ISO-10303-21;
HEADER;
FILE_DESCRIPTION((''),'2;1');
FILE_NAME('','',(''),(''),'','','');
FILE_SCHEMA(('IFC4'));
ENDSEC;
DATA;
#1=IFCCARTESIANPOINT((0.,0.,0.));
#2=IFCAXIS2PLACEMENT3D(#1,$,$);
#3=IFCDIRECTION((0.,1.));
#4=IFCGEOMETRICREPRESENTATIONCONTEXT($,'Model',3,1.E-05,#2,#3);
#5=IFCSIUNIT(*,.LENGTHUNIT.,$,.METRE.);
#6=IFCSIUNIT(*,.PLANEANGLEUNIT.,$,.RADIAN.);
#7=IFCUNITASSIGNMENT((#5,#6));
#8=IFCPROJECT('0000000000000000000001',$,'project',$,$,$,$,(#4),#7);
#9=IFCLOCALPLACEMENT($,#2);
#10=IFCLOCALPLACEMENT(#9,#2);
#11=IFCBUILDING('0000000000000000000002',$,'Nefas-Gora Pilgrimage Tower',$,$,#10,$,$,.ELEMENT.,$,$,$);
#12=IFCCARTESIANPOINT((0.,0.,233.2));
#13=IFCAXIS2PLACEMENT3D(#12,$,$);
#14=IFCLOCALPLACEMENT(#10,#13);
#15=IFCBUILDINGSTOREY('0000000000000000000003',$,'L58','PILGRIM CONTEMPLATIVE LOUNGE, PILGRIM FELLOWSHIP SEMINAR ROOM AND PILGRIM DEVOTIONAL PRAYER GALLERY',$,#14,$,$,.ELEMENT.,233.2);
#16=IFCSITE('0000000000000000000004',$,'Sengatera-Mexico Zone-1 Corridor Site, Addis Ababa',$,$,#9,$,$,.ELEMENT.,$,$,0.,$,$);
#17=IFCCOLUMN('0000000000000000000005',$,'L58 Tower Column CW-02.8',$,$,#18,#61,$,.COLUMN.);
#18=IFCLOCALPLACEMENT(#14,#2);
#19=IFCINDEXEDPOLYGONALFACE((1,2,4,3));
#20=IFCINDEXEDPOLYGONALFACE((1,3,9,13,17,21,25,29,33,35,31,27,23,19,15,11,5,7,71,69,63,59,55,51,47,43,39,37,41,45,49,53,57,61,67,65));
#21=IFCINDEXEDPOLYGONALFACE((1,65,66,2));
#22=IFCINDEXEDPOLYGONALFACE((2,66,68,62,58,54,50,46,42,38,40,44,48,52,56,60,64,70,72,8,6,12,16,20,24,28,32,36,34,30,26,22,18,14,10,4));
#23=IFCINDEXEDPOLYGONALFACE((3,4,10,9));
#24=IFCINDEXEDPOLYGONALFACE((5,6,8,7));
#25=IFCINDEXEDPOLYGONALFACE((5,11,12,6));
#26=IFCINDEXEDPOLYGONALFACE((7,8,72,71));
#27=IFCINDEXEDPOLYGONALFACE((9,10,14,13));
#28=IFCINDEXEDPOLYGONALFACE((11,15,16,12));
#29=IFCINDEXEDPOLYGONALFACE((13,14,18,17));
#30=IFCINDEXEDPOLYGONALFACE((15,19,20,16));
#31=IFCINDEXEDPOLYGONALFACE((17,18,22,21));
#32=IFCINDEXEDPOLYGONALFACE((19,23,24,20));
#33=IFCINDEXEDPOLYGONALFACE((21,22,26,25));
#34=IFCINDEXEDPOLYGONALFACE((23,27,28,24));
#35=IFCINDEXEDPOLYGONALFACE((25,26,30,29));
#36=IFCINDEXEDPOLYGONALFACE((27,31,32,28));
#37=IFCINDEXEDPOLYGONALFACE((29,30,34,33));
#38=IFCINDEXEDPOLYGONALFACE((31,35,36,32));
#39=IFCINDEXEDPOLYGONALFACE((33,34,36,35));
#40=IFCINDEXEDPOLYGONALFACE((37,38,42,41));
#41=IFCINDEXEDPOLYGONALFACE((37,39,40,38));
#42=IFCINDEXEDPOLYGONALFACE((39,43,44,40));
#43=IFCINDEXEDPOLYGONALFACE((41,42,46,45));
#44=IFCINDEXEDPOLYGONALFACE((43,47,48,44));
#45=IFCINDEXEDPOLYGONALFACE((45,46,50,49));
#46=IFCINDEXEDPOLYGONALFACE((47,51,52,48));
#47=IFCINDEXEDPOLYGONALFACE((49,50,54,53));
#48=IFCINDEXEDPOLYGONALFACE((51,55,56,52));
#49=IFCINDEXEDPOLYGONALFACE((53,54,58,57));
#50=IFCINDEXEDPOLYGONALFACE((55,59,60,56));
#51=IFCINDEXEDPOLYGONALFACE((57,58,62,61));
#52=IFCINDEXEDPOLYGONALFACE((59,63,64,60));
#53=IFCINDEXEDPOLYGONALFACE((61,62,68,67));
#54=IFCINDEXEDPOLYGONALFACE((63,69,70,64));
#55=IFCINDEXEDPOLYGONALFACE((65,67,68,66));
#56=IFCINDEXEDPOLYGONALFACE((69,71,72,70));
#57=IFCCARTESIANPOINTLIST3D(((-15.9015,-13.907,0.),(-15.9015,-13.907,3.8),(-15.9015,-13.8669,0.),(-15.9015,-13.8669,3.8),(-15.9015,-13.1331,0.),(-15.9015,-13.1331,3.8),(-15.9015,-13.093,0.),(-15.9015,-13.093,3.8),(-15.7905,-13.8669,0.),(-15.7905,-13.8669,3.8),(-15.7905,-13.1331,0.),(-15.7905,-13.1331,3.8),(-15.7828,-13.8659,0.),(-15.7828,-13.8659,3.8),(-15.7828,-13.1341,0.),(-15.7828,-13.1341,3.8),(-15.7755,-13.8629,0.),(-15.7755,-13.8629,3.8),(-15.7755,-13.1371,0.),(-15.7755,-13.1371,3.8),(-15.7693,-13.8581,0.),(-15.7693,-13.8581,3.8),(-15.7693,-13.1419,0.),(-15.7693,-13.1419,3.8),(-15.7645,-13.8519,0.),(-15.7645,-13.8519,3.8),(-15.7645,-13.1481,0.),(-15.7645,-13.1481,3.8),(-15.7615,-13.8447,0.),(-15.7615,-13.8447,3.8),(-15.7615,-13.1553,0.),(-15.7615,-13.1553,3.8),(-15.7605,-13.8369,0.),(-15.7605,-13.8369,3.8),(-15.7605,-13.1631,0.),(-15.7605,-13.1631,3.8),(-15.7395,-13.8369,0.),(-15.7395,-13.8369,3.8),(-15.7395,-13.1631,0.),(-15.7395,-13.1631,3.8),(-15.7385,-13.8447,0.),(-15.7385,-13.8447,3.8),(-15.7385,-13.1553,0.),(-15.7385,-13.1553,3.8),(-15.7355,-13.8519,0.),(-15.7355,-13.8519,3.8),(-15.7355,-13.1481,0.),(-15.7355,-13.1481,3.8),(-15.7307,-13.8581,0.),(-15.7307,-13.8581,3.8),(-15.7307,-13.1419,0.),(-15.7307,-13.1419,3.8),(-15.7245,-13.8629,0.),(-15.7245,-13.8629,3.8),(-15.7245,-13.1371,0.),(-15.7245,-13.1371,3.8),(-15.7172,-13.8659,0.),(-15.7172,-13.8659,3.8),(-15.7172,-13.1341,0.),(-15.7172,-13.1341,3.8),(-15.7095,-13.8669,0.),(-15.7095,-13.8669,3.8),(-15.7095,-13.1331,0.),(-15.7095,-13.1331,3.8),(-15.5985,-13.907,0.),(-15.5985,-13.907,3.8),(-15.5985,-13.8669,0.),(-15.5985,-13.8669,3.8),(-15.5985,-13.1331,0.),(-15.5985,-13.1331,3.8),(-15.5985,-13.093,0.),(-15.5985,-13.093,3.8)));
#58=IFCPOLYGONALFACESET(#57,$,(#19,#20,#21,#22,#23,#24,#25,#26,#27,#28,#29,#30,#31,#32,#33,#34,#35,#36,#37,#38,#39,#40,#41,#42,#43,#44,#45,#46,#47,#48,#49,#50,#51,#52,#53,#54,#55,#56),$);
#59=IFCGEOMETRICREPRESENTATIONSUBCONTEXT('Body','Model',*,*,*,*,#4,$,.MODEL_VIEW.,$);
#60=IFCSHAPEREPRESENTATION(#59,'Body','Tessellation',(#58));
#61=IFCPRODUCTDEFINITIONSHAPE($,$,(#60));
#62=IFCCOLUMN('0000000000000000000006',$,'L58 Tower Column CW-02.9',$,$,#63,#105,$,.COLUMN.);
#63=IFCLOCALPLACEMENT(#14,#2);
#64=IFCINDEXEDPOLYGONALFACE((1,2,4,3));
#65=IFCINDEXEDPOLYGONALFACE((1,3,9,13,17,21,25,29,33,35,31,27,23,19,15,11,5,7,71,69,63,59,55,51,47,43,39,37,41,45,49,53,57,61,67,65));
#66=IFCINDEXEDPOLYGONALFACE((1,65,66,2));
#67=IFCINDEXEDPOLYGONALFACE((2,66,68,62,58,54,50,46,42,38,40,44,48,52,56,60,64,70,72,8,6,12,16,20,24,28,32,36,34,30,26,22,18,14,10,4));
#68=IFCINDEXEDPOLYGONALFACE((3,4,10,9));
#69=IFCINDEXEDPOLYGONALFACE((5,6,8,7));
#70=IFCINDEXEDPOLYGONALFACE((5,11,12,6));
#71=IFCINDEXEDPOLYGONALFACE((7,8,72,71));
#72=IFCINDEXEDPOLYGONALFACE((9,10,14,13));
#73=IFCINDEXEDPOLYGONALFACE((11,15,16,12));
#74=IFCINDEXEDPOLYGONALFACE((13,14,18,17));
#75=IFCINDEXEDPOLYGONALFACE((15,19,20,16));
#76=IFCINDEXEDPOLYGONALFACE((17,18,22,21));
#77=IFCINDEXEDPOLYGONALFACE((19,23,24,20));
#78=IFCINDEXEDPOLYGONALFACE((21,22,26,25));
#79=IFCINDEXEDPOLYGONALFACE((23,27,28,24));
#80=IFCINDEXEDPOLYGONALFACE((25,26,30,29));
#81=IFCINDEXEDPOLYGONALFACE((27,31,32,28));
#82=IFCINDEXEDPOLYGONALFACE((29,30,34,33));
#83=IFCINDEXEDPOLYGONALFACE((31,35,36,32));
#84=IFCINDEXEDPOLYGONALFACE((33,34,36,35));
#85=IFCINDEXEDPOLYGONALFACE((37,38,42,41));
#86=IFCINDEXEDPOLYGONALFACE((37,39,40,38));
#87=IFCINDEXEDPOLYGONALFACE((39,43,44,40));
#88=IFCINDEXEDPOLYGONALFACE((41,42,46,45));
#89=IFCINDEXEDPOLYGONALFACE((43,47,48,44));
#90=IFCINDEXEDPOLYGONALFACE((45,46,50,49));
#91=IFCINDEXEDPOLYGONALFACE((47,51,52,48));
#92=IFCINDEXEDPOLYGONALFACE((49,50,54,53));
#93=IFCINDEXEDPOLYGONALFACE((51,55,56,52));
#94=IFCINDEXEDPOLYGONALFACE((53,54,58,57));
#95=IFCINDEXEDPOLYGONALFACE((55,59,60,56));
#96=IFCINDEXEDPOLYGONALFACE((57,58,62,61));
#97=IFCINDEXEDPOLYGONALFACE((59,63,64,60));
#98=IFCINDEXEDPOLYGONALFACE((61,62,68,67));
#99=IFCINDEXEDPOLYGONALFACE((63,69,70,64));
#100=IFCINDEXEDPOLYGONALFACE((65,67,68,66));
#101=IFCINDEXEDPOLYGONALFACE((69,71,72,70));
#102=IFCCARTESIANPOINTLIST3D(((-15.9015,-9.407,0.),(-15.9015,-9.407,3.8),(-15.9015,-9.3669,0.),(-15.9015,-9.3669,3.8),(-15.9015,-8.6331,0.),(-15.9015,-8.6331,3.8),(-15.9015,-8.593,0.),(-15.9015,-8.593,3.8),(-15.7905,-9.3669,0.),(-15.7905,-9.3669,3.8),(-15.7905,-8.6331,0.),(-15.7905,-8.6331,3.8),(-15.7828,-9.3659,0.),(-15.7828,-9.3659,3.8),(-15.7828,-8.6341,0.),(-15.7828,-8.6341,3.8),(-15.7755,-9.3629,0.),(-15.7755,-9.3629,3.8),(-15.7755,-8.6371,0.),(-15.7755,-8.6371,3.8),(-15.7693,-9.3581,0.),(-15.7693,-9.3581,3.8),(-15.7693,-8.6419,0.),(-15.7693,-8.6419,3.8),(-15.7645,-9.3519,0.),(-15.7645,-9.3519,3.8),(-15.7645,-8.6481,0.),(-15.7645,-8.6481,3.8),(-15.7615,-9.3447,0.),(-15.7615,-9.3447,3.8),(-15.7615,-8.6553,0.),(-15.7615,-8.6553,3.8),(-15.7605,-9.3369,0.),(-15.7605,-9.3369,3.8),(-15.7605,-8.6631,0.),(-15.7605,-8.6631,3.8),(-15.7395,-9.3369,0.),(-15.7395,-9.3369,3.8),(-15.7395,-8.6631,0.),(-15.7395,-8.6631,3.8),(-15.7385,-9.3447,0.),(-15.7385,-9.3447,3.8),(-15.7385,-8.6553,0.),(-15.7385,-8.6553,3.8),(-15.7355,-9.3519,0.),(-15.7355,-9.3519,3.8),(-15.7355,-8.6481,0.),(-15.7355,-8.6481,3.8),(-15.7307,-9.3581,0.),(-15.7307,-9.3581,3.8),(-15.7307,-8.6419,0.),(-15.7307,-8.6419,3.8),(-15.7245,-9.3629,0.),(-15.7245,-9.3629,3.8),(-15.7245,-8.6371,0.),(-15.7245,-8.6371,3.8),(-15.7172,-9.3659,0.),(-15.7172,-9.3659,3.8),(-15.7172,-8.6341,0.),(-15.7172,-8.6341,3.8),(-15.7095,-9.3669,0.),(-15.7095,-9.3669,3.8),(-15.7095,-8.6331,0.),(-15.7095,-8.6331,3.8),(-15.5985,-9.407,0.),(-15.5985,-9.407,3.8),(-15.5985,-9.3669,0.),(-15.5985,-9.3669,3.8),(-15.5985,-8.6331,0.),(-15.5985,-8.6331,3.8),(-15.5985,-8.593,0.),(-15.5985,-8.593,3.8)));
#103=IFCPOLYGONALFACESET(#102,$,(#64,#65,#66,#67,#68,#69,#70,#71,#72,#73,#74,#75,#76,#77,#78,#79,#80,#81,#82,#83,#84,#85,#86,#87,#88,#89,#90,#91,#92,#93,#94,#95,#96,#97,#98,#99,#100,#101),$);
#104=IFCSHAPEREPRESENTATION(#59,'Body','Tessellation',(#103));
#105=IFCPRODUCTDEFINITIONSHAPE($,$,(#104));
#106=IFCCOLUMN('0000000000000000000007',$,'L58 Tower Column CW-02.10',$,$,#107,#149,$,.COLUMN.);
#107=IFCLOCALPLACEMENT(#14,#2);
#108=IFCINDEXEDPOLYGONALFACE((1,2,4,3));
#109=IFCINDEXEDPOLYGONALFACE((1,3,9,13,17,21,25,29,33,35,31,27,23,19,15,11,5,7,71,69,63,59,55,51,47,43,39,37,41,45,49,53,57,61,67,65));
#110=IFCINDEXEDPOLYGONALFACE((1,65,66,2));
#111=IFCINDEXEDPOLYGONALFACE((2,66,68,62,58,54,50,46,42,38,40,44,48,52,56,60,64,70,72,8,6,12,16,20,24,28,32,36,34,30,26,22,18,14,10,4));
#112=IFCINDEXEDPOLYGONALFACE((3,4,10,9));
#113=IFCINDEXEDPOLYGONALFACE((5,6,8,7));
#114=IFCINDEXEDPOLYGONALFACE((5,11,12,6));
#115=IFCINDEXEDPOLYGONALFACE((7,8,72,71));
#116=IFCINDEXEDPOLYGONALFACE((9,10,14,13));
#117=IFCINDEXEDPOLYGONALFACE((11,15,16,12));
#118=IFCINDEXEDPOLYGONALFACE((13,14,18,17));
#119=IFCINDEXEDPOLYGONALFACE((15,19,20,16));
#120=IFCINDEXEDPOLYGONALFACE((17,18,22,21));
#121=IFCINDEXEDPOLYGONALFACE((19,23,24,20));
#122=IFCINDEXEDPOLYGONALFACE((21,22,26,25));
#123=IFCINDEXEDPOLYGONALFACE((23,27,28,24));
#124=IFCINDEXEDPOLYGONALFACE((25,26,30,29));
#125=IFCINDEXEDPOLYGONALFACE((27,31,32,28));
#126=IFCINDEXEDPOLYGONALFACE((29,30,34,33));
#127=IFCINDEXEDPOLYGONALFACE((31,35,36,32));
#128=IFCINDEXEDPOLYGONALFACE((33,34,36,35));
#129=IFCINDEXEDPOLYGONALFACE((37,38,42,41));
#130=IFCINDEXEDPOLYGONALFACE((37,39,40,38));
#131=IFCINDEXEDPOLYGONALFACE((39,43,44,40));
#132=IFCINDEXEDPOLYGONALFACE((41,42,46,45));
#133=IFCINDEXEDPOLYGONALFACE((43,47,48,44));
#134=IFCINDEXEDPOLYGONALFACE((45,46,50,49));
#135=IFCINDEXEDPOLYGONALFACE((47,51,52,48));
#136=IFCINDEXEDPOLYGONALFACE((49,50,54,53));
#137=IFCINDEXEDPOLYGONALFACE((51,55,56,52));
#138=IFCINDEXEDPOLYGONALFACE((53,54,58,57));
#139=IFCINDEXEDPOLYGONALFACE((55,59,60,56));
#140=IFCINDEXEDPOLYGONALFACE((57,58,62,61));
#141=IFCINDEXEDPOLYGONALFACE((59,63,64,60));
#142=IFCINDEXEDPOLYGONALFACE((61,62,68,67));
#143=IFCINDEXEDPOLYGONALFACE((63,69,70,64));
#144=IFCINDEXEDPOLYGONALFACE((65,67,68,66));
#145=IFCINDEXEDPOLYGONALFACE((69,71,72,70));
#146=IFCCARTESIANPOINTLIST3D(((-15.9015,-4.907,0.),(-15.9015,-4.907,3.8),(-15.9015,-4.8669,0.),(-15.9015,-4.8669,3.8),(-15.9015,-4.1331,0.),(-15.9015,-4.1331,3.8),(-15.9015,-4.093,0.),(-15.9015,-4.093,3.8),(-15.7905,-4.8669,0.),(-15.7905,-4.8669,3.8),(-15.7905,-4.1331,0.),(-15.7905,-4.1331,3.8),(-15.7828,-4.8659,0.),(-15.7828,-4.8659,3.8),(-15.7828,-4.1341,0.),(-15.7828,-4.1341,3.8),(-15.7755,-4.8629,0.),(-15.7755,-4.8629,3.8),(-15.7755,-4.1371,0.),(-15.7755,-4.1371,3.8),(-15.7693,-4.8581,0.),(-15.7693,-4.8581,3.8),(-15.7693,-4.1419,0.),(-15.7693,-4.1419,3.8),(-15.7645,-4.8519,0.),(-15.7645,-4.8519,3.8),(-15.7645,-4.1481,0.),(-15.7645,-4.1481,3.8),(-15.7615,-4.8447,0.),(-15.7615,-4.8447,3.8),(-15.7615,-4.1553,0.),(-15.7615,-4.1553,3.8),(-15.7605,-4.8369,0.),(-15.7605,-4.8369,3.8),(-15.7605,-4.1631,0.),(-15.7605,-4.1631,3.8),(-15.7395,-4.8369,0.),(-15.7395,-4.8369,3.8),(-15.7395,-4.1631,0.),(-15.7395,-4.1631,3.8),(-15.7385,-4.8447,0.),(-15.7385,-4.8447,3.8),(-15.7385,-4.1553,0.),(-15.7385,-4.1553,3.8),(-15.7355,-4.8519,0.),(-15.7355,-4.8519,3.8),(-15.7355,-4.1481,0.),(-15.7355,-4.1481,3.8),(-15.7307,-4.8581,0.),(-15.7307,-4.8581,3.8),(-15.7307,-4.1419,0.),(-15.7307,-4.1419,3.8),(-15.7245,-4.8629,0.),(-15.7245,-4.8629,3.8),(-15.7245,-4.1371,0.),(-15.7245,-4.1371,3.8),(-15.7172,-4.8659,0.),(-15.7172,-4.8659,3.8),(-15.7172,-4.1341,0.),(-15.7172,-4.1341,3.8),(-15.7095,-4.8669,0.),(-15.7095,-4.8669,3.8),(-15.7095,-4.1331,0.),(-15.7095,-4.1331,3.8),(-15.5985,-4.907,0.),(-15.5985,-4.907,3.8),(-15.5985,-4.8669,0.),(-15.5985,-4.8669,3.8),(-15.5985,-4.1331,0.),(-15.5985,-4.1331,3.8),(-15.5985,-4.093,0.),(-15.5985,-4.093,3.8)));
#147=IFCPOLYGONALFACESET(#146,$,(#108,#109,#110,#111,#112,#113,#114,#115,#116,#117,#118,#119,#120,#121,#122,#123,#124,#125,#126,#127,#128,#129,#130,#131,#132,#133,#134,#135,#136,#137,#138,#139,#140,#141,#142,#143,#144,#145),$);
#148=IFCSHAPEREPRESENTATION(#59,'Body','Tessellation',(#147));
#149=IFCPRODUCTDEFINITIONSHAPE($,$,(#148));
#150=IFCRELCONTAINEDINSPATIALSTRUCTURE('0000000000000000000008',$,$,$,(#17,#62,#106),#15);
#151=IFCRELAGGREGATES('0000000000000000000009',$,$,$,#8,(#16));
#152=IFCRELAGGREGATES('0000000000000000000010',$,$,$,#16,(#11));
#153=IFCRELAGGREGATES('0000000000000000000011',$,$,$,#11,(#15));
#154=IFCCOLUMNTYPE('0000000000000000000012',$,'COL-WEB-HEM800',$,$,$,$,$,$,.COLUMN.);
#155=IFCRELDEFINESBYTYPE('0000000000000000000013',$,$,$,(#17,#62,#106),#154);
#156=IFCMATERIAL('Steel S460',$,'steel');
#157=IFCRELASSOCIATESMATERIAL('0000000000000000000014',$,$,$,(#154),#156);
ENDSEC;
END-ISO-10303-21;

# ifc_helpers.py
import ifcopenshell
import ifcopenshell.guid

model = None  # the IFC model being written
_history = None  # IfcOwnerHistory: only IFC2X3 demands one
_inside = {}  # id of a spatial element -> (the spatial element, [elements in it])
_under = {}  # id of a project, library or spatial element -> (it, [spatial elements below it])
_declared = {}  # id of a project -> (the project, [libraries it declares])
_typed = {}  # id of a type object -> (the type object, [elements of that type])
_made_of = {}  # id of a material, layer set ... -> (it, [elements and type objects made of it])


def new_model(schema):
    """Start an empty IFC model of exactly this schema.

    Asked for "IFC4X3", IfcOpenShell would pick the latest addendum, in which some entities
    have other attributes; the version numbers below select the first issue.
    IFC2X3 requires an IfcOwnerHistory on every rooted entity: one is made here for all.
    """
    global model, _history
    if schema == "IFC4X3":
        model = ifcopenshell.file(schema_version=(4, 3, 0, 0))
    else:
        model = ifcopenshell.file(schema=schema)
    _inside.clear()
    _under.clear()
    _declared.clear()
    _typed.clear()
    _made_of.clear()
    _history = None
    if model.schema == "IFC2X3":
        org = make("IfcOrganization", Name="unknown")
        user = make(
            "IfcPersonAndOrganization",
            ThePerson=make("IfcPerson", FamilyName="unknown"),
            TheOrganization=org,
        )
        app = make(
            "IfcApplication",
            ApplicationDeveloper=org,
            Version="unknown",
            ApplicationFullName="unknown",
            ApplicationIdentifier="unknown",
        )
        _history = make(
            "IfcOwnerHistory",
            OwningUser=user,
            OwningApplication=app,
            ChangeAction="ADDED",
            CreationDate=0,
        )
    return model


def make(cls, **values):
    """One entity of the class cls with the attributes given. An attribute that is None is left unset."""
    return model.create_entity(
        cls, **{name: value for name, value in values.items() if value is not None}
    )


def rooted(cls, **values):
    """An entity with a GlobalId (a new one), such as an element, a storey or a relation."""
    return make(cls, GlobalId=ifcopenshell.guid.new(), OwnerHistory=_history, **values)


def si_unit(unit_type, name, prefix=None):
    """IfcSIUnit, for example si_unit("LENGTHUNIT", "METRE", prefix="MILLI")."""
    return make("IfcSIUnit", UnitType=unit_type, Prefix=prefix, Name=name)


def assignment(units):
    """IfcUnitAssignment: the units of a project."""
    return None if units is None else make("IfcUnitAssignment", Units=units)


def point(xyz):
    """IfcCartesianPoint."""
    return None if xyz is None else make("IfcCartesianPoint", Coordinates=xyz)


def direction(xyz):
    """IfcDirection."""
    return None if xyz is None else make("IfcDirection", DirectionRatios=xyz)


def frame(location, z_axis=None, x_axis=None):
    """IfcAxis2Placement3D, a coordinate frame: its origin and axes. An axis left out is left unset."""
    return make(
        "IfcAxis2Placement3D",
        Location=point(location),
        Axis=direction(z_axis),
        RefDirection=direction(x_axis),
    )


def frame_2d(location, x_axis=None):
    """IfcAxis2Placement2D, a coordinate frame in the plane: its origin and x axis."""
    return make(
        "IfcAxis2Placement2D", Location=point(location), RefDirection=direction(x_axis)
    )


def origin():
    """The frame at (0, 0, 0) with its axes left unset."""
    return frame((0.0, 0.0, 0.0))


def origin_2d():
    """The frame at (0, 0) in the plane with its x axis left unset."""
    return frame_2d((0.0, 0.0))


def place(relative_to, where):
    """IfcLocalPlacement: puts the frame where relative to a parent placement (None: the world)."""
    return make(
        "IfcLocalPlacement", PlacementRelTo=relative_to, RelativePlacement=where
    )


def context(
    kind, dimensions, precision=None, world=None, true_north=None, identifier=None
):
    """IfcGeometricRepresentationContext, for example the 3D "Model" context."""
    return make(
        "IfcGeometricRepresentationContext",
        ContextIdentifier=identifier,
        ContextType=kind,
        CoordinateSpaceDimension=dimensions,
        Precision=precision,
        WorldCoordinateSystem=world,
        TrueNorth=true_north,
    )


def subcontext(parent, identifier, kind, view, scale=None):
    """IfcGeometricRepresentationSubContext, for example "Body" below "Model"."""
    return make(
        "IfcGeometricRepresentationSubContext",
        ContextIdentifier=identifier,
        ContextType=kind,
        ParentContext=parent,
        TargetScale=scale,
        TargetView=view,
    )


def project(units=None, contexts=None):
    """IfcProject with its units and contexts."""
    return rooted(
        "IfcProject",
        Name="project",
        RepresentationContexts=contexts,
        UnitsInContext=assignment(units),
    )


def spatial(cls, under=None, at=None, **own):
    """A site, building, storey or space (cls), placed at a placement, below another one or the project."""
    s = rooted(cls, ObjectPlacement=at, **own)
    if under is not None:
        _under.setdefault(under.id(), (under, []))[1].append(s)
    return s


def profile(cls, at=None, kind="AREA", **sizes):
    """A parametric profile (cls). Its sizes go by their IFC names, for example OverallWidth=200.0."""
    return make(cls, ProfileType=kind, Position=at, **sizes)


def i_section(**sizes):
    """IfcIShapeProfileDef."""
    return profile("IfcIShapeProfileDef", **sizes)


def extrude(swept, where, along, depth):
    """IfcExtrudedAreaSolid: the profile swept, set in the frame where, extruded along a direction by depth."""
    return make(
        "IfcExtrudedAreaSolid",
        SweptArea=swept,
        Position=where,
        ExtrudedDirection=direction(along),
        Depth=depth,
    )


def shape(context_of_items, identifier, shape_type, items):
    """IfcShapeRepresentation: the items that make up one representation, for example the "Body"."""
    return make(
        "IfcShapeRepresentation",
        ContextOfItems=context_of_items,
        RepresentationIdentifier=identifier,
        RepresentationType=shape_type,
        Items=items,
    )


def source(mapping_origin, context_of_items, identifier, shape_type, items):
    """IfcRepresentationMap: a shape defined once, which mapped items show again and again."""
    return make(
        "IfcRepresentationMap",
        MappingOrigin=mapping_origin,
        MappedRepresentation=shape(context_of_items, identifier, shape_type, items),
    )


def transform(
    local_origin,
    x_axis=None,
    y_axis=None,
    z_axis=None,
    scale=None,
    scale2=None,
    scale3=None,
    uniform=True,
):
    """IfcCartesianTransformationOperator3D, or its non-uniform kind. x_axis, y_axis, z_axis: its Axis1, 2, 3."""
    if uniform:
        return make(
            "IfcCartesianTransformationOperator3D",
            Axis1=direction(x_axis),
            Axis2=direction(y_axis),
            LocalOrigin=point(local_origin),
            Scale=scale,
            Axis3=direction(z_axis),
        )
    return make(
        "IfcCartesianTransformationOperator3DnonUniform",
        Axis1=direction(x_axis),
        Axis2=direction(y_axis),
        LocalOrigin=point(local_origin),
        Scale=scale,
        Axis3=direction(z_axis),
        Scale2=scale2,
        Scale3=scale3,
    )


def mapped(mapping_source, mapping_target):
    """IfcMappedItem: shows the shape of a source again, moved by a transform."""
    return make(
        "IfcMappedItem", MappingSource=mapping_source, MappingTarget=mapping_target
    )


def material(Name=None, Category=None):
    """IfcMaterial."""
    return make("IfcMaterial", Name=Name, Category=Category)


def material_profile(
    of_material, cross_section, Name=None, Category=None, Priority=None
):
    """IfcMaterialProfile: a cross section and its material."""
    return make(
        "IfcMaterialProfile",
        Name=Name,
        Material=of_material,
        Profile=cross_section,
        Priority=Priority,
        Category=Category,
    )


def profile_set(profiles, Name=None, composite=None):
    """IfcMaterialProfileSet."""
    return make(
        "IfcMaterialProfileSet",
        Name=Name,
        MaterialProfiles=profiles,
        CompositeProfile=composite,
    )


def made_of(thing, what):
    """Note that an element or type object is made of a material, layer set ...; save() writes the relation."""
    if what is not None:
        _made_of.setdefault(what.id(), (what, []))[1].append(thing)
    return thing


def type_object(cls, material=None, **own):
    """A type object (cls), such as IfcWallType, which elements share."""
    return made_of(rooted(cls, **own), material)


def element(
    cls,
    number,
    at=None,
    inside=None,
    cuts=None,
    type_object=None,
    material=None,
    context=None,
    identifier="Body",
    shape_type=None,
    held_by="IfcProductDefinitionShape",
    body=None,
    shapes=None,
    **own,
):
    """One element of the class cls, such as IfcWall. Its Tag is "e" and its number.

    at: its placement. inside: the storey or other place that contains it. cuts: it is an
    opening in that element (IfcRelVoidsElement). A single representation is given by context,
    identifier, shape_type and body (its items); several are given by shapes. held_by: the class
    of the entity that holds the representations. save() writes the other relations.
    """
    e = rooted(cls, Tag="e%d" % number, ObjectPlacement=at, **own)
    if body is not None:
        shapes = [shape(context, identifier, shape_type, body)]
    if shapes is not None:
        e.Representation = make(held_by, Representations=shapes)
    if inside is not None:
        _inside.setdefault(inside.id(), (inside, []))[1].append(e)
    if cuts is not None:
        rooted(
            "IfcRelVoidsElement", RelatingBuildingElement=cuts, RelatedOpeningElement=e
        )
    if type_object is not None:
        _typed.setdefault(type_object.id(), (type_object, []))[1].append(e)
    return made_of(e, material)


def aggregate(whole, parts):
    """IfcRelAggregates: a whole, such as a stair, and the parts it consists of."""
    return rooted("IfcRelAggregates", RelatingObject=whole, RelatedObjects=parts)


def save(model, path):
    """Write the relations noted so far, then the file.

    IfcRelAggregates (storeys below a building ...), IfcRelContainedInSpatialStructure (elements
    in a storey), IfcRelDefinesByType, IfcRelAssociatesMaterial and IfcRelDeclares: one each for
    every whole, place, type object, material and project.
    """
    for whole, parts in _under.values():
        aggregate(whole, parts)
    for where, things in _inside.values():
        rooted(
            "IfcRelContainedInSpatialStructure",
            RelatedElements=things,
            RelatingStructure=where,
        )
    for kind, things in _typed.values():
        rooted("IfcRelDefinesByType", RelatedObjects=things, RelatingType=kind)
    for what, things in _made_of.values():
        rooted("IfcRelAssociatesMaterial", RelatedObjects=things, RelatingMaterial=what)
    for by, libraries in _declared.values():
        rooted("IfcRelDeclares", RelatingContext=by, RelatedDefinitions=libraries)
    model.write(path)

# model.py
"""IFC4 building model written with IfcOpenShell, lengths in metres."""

from ifc_helpers import new_model, si_unit, direction, frame, origin, origin_2d, place, context, subcontext, project, spatial, i_section, extrude, source, transform, mapped, material, material_profile, profile_set, type_object, element, save


model = new_model("IFC4")

# Units and contexts
model_context = context("Model", 3, precision=1e-05, world=origin(), true_north=direction((0.0, 1.0)))
body_context = subcontext(model_context, "Body", "Model", "MODEL_VIEW")
ifc_project = project(units=[si_unit("LENGTHUNIT", "METRE"), si_unit("PLANEANGLEUNIT", "RADIAN")], contexts=[model_context])

# Site, building, storey
site_placement = place(None, origin())
site = spatial("IfcSite", under=ifc_project, at=site_placement, Name="Sengatera-Mexico Zone-1 Corridor Site, Addis Ababa", CompositionType="ELEMENT", RefElevation=0.0)
building_placement = place(site_placement, origin())
building = spatial("IfcBuilding", under=site, at=building_placement, Name="Nefas-Gora Pilgrimage Tower", CompositionType="ELEMENT")
storey_placement = place(building_placement, frame((0.0, 0.0, 233.2)))
storey = spatial("IfcBuildingStorey", under=building, at=storey_placement, Name="L58", Description="PILGRIM CONTEMPLATIVE LOUNGE, PILGRIM FELLOWSHIP SEMINAR ROOM AND PILGRIM DEVOTIONAL PRAYER GALLERY", CompositionType="ELEMENT", Elevation=233.2)

# Columns
ifc_material_1 = material(Name="Steel S460", Category="steel")
ifc_material_profile_1 = material_profile(ifc_material_1, i_section(OverallWidth=0.303, OverallDepth=0.814, WebThickness=0.021, FlangeThickness=0.04, FilletRadius=0.03, at=origin_2d()), Name="HEM 800")
ifc_profile_set_1 = profile_set([ifc_material_profile_1], Name="Steel S460")
column_type_1 = type_object("IfcColumnType", Name="COL-WEB-HEM800", PredefinedType="COLUMN", material=ifc_profile_set_1)
shared_shape_1 = source(origin(), body_context, "Body", "SweptSolid", [
    extrude(i_section(OverallWidth=0.303, OverallDepth=0.814, WebThickness=0.021, FlangeThickness=0.04, FilletRadius=0.03, at=origin_2d()), origin(), (0.0, 0.0, 1.0), 3.8),
])
for number, where, z_axis, x_axis, name in (
    (1, (-15.75, -13.5, 0.0), (0.0, 0.0, 1.0), (1.0, 0.0, 0.0), "L58 Tower Column CW-02.8"),
    (2, (-15.75, -9.0, 0.0), (0.0, 0.0, 1.0), (1.0, 0.0, 0.0), "L58 Tower Column CW-02.9"),
    (3, (-15.75, -4.5, 0.0), (0.0, 0.0, 1.0), (1.0, 0.0, 0.0), "L58 Tower Column CW-02.10"),
):
    element("IfcColumn", number, at=place(storey_placement, frame(where, z_axis=z_axis, x_axis=x_axis)), inside=storey, type_object=column_type_1, Name=name, PredefinedType="COLUMN", context=body_context, shape_type="MappedRepresentation", body=[
        mapped(shared_shape_1, transform((0.0, 0.0, 0.0), x_axis=(1.0, 0.0, 0.0), y_axis=(0.0, 1.0, 0.0), z_axis=(0.0, 0.0, 1.0), scale=1.0)),
    ])

save(model, "model.ifc")
